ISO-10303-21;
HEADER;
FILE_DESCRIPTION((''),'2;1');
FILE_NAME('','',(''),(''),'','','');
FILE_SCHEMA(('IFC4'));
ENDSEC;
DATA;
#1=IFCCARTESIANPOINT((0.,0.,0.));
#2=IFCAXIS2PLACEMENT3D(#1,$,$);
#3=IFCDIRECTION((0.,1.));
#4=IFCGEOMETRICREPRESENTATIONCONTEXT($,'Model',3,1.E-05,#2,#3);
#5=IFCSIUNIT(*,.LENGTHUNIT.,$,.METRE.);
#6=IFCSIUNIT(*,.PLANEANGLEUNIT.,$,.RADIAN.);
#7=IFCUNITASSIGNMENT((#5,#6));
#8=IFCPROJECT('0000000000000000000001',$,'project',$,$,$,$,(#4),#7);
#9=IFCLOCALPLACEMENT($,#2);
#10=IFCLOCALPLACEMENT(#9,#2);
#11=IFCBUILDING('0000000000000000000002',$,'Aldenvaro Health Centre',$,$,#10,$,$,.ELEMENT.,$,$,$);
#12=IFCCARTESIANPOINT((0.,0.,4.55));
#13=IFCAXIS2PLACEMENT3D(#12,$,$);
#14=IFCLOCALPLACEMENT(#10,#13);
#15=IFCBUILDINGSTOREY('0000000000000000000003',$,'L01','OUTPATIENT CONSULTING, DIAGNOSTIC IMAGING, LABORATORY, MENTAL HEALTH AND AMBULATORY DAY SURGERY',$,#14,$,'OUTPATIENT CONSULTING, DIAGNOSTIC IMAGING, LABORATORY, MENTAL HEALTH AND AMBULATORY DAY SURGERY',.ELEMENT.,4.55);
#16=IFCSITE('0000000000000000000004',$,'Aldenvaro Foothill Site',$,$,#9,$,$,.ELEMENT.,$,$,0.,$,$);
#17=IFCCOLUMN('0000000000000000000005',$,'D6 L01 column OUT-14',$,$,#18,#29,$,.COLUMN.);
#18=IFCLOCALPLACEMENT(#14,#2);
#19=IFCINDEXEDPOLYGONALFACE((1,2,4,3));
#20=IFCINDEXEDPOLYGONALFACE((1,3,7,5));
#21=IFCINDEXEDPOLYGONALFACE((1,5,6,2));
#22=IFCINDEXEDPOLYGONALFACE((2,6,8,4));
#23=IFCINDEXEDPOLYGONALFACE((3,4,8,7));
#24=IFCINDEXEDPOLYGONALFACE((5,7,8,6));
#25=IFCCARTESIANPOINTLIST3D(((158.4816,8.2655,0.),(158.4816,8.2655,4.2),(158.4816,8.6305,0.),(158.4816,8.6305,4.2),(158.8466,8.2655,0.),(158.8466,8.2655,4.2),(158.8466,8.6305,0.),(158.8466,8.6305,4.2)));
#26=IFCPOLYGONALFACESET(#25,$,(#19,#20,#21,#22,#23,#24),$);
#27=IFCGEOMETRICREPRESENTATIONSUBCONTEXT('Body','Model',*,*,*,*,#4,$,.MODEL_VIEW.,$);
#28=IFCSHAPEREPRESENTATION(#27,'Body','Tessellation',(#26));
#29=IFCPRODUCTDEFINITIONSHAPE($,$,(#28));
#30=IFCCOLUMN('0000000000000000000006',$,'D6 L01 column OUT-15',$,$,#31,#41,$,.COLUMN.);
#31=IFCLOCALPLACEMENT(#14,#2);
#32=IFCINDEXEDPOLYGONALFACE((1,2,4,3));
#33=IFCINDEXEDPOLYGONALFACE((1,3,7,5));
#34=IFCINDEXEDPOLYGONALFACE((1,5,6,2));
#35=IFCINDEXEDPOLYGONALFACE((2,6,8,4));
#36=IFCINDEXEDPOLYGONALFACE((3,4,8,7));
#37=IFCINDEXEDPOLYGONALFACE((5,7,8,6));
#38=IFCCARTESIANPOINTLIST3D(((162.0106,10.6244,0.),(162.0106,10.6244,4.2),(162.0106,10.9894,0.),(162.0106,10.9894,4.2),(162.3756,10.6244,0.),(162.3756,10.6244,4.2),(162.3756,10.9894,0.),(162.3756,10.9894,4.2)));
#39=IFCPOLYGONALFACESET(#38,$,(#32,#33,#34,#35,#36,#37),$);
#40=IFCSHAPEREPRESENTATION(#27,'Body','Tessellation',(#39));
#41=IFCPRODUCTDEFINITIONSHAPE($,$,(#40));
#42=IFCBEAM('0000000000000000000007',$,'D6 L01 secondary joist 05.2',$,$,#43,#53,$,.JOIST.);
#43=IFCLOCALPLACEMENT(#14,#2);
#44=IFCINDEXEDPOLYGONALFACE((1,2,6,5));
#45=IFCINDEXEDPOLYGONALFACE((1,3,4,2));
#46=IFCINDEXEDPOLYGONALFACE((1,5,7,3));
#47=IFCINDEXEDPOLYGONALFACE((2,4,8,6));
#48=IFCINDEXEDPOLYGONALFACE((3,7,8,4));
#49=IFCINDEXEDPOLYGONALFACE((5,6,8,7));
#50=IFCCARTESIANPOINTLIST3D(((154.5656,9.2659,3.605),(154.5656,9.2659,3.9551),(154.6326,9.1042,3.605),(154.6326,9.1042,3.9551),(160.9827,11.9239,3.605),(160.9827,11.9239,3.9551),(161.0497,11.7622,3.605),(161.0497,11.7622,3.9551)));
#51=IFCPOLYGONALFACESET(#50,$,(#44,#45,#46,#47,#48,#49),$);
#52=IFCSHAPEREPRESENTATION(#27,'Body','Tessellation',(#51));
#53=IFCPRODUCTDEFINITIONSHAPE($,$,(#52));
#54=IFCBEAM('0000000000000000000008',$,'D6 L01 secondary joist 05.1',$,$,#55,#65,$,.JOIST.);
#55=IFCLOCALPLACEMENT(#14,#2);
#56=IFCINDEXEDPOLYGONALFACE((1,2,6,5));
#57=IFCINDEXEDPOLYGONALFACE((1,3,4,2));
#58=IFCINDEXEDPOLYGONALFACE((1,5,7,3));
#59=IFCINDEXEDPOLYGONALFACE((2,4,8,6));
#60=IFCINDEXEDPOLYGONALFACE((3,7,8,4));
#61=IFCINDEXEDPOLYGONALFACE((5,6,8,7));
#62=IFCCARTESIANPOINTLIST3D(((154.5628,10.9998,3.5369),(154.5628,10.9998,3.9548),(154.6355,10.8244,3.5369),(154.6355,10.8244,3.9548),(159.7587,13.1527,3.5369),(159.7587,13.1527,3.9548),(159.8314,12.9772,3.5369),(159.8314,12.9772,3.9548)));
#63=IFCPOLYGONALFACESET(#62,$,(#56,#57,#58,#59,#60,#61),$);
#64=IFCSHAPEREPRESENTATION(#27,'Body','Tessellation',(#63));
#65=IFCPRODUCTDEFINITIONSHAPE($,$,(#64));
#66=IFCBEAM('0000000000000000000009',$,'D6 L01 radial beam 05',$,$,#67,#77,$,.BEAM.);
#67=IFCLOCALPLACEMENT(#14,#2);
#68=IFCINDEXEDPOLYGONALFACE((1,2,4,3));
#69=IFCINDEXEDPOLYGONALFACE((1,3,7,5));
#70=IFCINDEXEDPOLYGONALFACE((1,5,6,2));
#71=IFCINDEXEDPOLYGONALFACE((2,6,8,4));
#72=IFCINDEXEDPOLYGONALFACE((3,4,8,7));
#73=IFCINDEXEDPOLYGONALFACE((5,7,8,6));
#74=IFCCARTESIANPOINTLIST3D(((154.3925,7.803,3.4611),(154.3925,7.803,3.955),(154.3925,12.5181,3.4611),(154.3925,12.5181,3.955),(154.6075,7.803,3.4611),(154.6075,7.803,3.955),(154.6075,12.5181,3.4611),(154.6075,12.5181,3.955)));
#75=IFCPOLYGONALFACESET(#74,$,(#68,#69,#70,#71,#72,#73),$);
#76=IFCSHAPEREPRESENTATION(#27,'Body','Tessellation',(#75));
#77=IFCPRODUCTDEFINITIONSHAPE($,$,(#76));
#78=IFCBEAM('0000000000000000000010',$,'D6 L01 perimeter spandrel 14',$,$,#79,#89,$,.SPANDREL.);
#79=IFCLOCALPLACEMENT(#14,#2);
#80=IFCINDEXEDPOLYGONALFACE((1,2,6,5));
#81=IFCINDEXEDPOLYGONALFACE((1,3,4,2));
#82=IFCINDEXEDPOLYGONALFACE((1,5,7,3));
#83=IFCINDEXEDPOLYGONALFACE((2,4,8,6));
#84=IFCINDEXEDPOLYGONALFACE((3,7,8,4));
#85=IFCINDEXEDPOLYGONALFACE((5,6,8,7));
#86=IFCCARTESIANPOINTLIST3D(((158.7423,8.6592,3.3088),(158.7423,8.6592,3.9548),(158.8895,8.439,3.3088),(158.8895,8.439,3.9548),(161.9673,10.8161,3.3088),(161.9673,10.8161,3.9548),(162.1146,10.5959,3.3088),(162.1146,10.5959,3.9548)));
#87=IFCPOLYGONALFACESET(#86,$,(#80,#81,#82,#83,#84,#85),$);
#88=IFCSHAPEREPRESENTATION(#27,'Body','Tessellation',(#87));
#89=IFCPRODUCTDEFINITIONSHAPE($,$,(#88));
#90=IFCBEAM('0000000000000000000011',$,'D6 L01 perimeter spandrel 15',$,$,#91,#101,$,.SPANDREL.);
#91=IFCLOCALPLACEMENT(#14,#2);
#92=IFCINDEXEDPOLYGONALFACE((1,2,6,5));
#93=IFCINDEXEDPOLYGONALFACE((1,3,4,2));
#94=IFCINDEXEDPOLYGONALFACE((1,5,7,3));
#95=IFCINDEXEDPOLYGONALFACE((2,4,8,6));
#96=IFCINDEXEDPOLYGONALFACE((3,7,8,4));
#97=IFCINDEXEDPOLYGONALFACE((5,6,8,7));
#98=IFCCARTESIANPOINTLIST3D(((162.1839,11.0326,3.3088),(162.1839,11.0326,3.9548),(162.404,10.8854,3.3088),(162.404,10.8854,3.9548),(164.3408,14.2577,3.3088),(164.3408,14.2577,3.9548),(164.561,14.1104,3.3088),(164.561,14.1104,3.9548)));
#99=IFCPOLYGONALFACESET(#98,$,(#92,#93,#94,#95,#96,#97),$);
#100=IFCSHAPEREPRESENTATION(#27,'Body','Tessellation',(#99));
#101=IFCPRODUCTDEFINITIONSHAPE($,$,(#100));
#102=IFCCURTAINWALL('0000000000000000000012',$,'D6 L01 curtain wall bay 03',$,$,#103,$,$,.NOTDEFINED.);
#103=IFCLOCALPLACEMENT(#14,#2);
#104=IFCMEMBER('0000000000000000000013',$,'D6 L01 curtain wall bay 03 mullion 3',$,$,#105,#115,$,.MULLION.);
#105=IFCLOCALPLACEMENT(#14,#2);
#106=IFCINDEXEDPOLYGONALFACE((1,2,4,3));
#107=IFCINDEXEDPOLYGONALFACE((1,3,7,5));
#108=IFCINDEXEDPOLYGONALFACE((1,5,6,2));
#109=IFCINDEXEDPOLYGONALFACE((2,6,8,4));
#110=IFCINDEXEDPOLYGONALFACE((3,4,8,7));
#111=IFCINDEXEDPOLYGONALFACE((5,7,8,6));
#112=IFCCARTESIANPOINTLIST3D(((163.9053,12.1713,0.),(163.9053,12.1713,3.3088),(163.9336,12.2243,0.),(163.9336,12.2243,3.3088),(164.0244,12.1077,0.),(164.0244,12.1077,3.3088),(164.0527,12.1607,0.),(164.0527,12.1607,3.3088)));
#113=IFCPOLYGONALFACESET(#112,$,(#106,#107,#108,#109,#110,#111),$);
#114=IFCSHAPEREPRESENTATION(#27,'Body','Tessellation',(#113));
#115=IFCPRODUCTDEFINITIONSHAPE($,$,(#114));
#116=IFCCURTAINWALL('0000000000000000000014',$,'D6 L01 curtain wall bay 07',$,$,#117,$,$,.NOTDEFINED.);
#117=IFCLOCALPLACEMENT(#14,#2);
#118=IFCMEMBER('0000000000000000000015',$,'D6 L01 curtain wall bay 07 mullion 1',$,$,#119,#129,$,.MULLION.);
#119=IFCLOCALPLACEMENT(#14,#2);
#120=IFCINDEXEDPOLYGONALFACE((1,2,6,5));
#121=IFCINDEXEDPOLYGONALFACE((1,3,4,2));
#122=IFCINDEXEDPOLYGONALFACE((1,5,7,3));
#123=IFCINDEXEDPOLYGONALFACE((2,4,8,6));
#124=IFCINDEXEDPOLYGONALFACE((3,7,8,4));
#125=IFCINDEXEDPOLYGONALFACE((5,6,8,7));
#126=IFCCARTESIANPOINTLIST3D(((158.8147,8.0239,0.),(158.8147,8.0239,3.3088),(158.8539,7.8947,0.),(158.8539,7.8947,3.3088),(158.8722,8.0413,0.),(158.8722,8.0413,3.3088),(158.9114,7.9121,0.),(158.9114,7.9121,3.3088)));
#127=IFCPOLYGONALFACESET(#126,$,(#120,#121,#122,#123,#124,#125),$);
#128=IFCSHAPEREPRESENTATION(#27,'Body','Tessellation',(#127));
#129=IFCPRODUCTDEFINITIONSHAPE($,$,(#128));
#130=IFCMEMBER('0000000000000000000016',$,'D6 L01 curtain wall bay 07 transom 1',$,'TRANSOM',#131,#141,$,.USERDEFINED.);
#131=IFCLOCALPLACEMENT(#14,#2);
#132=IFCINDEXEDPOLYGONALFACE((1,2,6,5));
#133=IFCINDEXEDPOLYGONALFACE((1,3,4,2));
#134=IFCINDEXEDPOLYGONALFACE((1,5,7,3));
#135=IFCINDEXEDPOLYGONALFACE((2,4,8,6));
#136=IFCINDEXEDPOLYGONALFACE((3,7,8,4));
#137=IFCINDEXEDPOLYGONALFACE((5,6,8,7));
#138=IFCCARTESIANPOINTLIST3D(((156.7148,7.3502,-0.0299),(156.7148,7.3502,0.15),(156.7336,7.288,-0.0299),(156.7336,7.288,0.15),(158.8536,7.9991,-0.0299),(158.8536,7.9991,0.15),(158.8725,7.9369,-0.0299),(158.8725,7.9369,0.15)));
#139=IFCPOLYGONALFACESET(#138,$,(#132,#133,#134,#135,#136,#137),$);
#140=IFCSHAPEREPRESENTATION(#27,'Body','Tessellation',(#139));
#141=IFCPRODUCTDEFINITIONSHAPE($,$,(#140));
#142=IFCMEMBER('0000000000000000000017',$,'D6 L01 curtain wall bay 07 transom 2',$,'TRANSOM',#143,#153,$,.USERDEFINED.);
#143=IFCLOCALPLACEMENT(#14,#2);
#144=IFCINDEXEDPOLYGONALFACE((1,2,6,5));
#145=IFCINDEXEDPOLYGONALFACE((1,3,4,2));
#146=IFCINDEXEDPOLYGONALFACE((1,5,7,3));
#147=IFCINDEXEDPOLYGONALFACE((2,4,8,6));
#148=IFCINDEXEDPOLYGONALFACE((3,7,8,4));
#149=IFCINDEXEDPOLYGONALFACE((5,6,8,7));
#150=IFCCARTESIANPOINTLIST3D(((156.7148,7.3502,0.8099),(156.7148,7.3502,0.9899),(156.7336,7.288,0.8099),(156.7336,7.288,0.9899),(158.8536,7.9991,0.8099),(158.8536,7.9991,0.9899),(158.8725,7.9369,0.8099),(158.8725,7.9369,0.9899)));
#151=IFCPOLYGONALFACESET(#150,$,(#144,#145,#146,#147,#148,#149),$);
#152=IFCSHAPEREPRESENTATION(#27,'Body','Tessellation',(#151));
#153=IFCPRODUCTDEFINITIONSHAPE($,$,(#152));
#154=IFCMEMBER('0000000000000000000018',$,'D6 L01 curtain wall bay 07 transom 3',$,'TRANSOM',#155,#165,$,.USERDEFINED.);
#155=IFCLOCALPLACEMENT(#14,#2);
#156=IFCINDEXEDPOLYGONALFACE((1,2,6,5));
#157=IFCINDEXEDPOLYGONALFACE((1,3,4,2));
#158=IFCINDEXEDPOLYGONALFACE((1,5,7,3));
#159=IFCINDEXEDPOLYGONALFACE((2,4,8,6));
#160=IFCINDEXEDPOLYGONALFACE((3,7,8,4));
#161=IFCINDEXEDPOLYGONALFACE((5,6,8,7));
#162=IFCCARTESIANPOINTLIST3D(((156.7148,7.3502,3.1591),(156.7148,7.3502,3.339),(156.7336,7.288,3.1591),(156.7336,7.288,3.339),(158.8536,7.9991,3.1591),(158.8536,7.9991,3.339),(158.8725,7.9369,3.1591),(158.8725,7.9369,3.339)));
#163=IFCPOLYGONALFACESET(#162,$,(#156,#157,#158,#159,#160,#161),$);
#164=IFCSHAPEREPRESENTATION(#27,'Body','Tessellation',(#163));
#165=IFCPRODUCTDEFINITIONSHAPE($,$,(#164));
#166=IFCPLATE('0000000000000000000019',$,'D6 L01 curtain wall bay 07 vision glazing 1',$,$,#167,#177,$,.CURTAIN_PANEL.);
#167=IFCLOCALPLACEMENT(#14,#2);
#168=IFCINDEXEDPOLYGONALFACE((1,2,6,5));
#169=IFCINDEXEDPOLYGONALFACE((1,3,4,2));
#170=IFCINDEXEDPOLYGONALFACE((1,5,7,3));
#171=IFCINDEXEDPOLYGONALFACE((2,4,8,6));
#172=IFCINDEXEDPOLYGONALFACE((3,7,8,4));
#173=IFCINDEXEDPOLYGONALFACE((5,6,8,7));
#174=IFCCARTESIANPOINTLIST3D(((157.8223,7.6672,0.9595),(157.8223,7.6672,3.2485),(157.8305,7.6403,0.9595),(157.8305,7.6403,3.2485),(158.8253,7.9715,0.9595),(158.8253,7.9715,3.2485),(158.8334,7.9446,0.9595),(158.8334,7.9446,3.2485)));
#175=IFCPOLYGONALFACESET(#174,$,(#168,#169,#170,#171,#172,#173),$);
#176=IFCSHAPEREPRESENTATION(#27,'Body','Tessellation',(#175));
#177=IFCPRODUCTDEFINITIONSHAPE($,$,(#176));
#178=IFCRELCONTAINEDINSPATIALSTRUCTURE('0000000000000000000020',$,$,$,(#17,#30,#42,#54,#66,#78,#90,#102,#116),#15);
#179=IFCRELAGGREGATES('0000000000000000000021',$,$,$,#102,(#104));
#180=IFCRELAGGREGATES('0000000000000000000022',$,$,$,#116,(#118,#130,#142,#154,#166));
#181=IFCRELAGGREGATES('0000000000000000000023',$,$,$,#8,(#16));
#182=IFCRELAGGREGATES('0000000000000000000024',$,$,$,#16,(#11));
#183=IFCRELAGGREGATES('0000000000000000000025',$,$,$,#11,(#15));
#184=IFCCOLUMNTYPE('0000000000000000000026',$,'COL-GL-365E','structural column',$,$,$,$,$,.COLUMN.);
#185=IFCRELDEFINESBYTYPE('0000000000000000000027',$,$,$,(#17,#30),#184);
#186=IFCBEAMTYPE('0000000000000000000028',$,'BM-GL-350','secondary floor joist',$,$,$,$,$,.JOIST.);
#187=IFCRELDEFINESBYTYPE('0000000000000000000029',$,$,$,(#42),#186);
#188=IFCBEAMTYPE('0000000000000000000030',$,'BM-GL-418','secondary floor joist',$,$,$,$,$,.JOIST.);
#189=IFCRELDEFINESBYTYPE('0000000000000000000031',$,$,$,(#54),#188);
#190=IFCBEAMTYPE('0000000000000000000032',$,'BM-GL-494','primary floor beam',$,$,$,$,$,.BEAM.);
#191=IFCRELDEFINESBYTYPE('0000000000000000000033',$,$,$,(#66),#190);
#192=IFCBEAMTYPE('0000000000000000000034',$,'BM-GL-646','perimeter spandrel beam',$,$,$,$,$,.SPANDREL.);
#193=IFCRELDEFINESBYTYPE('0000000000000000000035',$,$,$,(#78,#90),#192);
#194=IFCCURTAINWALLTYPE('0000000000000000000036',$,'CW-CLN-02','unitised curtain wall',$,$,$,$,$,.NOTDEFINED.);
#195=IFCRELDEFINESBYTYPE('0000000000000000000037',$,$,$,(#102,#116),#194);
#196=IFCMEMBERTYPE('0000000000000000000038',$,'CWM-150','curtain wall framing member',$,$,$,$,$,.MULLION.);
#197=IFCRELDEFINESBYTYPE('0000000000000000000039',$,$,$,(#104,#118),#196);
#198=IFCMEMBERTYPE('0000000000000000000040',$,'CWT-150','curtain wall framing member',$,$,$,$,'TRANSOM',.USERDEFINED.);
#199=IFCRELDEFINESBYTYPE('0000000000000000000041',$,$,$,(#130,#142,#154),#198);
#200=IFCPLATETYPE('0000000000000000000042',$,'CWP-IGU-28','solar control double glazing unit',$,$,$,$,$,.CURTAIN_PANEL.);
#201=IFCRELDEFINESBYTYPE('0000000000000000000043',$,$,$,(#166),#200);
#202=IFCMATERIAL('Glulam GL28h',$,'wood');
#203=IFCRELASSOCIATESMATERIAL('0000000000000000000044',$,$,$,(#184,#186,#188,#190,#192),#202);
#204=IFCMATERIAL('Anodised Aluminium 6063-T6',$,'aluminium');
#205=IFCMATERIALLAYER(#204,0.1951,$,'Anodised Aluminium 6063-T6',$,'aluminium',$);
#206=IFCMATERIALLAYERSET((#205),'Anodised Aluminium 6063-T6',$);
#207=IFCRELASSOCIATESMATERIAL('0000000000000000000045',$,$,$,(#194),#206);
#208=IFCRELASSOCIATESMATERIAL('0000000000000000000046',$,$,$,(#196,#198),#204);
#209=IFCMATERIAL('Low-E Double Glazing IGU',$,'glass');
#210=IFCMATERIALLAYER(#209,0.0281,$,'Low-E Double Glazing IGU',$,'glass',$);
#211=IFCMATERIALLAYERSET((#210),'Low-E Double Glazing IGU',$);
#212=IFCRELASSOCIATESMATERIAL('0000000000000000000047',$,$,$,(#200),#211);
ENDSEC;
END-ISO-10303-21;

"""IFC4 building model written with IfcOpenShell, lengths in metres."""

from ifc_helpers import new_model, si_unit, direction, frame, origin, origin_2d, place, context, subcontext, project, spatial, rectangle, extrude, material, layer, layer_set, material_profile, profile_set, type_object, element, aggregate, save


model = new_model("IFC4")

# Units and contexts
model_context = context("Model", 3, precision=1e-05, world=origin(), true_north=direction((0.0, 1.0)))
body_context = subcontext(model_context, "Body", "Model", "MODEL_VIEW")
ifc_project = project(units=[si_unit("LENGTHUNIT", "METRE"), si_unit("PLANEANGLEUNIT", "RADIAN")], contexts=[model_context])

# Site, building, storey
site_placement = place(None, origin())
site = spatial("IfcSite", under=ifc_project, at=site_placement, Name="Aldenvaro Foothill Site", CompositionType="ELEMENT", RefElevation=0.0)
building_placement = place(site_placement, origin())
building = spatial("IfcBuilding", under=site, at=building_placement, Name="Aldenvaro Health Centre", CompositionType="ELEMENT")
storey_placement = place(building_placement, frame((0.0, 0.0, 4.55)))
storey = spatial("IfcBuildingStorey", under=building, at=storey_placement, Name="L01", Description="OUTPATIENT CONSULTING, DIAGNOSTIC IMAGING, LABORATORY, MENTAL HEALTH AND AMBULATORY DAY SURGERY", LongName="OUTPATIENT CONSULTING, DIAGNOSTIC IMAGING, LABORATORY, MENTAL HEALTH AND AMBULATORY DAY SURGERY", CompositionType="ELEMENT", Elevation=4.55)

# Columns
ifc_material_1 = material(Name="Glulam GL28h", Category="wood")
ifc_material_profile_1 = material_profile(ifc_material_1, rectangle(XDim=0.365, YDim=0.365, at=origin_2d()), Name="GL 365x365", Category="wood")
ifc_profile_set_1 = profile_set([ifc_material_profile_1], Name="Glulam GL28h")
column_type = type_object("IfcColumnType", Name="COL-GL-365E", Description="structural column", PredefinedType="COLUMN", material=ifc_profile_set_1)
for number, where, z_axis, x_axis, name in (
    (1, (158.6641, 8.448, 0.0), (0.0, 0.0, 1.0), (1.0, 0.0, 0.0), "D6 L01 column OUT-14"),
    (2, (162.1931, 10.8069, 0.0), (0.0, 0.0, 1.0), (1.0, 0.0, 0.0), "D6 L01 column OUT-15"),
):
    element("IfcColumn", number, at=place(storey_placement, frame(where, z_axis=z_axis, x_axis=x_axis)), inside=storey, type_object=column_type, Name=name, PredefinedType="COLUMN", context=body_context, shape_type="SweptSolid", body=[
        extrude(rectangle(XDim=0.365, YDim=0.365, at=origin_2d()), origin(), (0.0, 0.0, 1.0), 4.2),
    ])

# Beams
ifc_material_profile_2 = material_profile(ifc_material_1, rectangle(XDim=0.175, YDim=0.3501, at=origin_2d()), Name="GL 175x350", Category="wood")
ifc_profile_set_2 = profile_set([ifc_material_profile_2], Name="Glulam GL28h")
beam_type_1 = type_object("IfcBeamType", Name="BM-GL-350", Description="secondary floor joist", PredefinedType="JOIST", material=ifc_profile_set_2)
beam_1_placement = place(storey_placement, frame((154.5991, 9.1851, 3.78), z_axis=(0.923882, 0.382678, 0.0), x_axis=(-0.382678, 0.923882, 0.0)))
element("IfcBeam", 3, at=beam_1_placement, inside=storey, type_object=beam_type_1, Name="D6 L01 secondary joist 05.2", PredefinedType="JOIST", context=body_context, shape_type="SweptSolid", body=[
    extrude(rectangle(XDim=0.175, YDim=0.3501, at=origin_2d()), origin(), (0.0, 0.0, 1.0), 6.9458),
])
ifc_material_profile_3 = material_profile(ifc_material_1, rectangle(XDim=0.1899, YDim=0.418, at=origin_2d()), Name="GL 190x418", Category="wood")
ifc_profile_set_3 = profile_set([ifc_material_profile_3], Name="Glulam GL28h")
beam_type_2 = type_object("IfcBeamType", Name="BM-GL-418", Description="secondary floor joist", PredefinedType="JOIST", material=ifc_profile_set_3)
beam_2_placement = place(storey_placement, frame((154.5991, 10.9121, 3.7458), z_axis=(0.923838, 0.382784, 0.0), x_axis=(-0.382784, 0.923838, 0.0)))
element("IfcBeam", 4, at=beam_2_placement, inside=storey, type_object=beam_type_2, Name="D6 L01 secondary joist 05.1", PredefinedType="JOIST", context=body_context, shape_type="SweptSolid", body=[
    extrude(rectangle(XDim=0.1899, YDim=0.418, at=origin_2d()), origin(), (0.0, 0.0, 1.0), 5.6243),
])
ifc_material_profile_4 = material_profile(ifc_material_1, rectangle(XDim=0.2151, YDim=0.4939, at=origin_2d()), Name="GL 215x494", Category="wood")
ifc_profile_set_4 = profile_set([ifc_material_profile_4], Name="Glulam GL28h")
beam_type_3 = type_object("IfcBeamType", Name="BM-GL-494", Description="primary floor beam", PredefinedType="BEAM", material=ifc_profile_set_4)
beam_3_placement = place(storey_placement, frame((154.5, 12.5181, 3.708), z_axis=(0.0, -1.0, 0.0), x_axis=(1.0, 0.0, 0.0)))
element("IfcBeam", 5, at=beam_3_placement, inside=storey, type_object=beam_type_3, Name="D6 L01 radial beam 05", PredefinedType="BEAM", context=body_context, shape_type="SweptSolid", body=[
    extrude(rectangle(XDim=0.2151, YDim=0.4939, at=origin_2d()), origin(), (0.0, 0.0, 1.0), 4.7151),
])
ifc_material_profile_5 = material_profile(ifc_material_1, rectangle(XDim=0.2649, YDim=0.646, at=origin_2d()), Name="GL 265x646", Category="wood")
ifc_profile_set_5 = profile_set([ifc_material_profile_5], Name="Glulam GL28h")
beam_type_4 = type_object("IfcBeamType", Name="BM-GL-646", Description="perimeter spandrel beam", PredefinedType="SPANDREL", material=ifc_profile_set_5)
for number, where, z_axis, x_axis, name in (
    (6, (158.8159, 8.5491, 3.6318), (0.831227, 0.555934, 0.0), (-0.555934, 0.831227, 0.0), "D6 L01 perimeter spandrel 14"),
    (7, (162.2939, 10.959, 3.6318), (0.555934, 0.831227, 0.0), (-0.831227, 0.555934, 0.0), "D6 L01 perimeter spandrel 15"),
):
    element("IfcBeam", number, at=place(storey_placement, frame(where, z_axis=z_axis, x_axis=x_axis)), inside=storey, type_object=beam_type_4, Name=name, PredefinedType="SPANDREL", context=body_context, shape_type="SweptSolid", body=[
        extrude(rectangle(XDim=0.2649, YDim=0.646, at=origin_2d()), origin(), (0.0, 0.0, 1.0), 3.8799),
    ])

# Curtain wall, member
ifc_material_2 = material(Name="Anodised Aluminium 6063-T6", Category="aluminium")
ifc_layer_1 = layer(ifc_material_2, 0.1951, Name="Anodised Aluminium 6063-T6", Category="aluminium")
ifc_layer_set_1 = layer_set([ifc_layer_1], Name="Anodised Aluminium 6063-T6")
curtain_wall_type = type_object("IfcCurtainWallType", Name="CW-CLN-02", Description="unitised curtain wall", PredefinedType="NOTDEFINED", material=ifc_layer_set_1)
curtain_wall_1_placement = place(storey_placement, origin())
curtain_wall_1 = element("IfcCurtainWall", 8, at=curtain_wall_1_placement, inside=storey, type_object=curtain_wall_type, Name="D6 L01 curtain wall bay 03", PredefinedType="NOTDEFINED")
ifc_material_profile_6 = material_profile(ifc_material_2, rectangle(XDim=0.0601, YDim=0.135, at=origin_2d()), Name="ALU 60x135", Category="aluminium")
ifc_profile_set_6 = profile_set([ifc_material_profile_6], Name="Anodised Aluminium 6063-T6")
member_type_1 = type_object("IfcMemberType", Name="CWM-150", Description="curtain wall framing member", PredefinedType="MULLION", material=ifc_profile_set_6)
member_1_placement = place(storey_placement, frame((163.979, 12.166, 0.0), z_axis=(0.0, 0.0, 1.0), x_axis=(-0.471215, -0.882018, 0.0)))
member_1 = element("IfcMember", 9, at=member_1_placement, type_object=member_type_1, Name="D6 L01 curtain wall bay 03 mullion 3", PredefinedType="MULLION", context=body_context, shape_type="SweptSolid", body=[
    extrude(rectangle(XDim=0.0601, YDim=0.135, at=origin_2d()), origin(), (0.0, 0.0, 1.0), 3.3088),
])

# Curtain wall, members, plate
curtain_wall_2_placement = place(storey_placement, origin())
curtain_wall_2 = element("IfcCurtainWall", 10, at=curtain_wall_2_placement, inside=storey, type_object=curtain_wall_type, Name="D6 L01 curtain wall bay 07", PredefinedType="NOTDEFINED")
member_2_placement = place(storey_placement, frame((158.863, 7.968, 0.0), z_axis=(0.0, 0.0, 1.0), x_axis=(-0.956923, -0.290343, 0.0)))
member_2 = element("IfcMember", 11, at=member_2_placement, type_object=member_type_1, Name="D6 L01 curtain wall bay 07 mullion 1", PredefinedType="MULLION", context=body_context, shape_type="SweptSolid", body=[
    extrude(rectangle(XDim=0.0601, YDim=0.135, at=origin_2d()), origin(), (0.0, 0.0, 1.0), 3.3088),
])
ifc_material_profile_7 = material_profile(ifc_material_2, rectangle(XDim=0.0649, YDim=0.1799, at=origin_2d()), Name="ALU 65x180", Category="aluminium")
ifc_profile_set_7 = profile_set([ifc_material_profile_7], Name="Anodised Aluminium 6063-T6")
member_type_2 = type_object("IfcMemberType", Name="CWT-150", Description="curtain wall framing member", ElementType="TRANSOM", PredefinedType="USERDEFINED", material=ifc_profile_set_7)
member_3_placement = place(storey_placement, frame((158.863, 7.968, 0.0601), z_axis=(-0.956929, -0.290323, 0.0), x_axis=(0.290323, -0.956929, 0.0)))
member_3 = element("IfcMember", 12, at=member_3_placement, type_object=member_type_2, Name="D6 L01 curtain wall bay 07 transom 1", ObjectType="TRANSOM", PredefinedType="USERDEFINED", context=body_context, shape_type="SweptSolid", body=[
    extrude(rectangle(XDim=0.0649, YDim=0.1799, at=origin_2d()), origin(), (0.0, 0.0, 1.0), 2.2351),
])
member_4_placement = place(storey_placement, frame((158.863, 7.968, 0.8999), z_axis=(-0.956929, -0.290323, 0.0), x_axis=(0.290323, -0.956929, 0.0)))
member_4 = element("IfcMember", 13, at=member_4_placement, type_object=member_type_2, Name="D6 L01 curtain wall bay 07 transom 2", ObjectType="TRANSOM", PredefinedType="USERDEFINED", context=body_context, shape_type="SweptSolid", body=[
    extrude(rectangle(XDim=0.0649, YDim=0.1799, at=origin_2d()), origin(), (0.0, 0.0, 1.0), 2.2351),
])
member_5_placement = place(storey_placement, frame((158.863, 7.968, 3.249), z_axis=(-0.956929, -0.290323, 0.0), x_axis=(0.290323, -0.956929, 0.0)))
member_5 = element("IfcMember", 14, at=member_5_placement, type_object=member_type_2, Name="D6 L01 curtain wall bay 07 transom 3", ObjectType="TRANSOM", PredefinedType="USERDEFINED", context=body_context, shape_type="SweptSolid", body=[
    extrude(rectangle(XDim=0.0649, YDim=0.1799, at=origin_2d()), origin(), (0.0, 0.0, 1.0), 2.2351),
])
ifc_material_3 = material(Name="Low-E Double Glazing IGU", Category="glass")
ifc_layer_2 = layer(ifc_material_3, 0.0281, Name="Low-E Double Glazing IGU", Category="glass")
ifc_layer_set_2 = layer_set([ifc_layer_2], Name="Low-E Double Glazing IGU")
plate_type_1 = type_object("IfcPlateType", Name="CWP-IGU-28", Description="solar control double glazing unit", PredefinedType="CURTAIN_PANEL", material=ifc_layer_set_2)
plate_1_placement = place(storey_placement, frame((158.3279, 7.8059, 0.9595), z_axis=(0.0, 0.0, 1.0), x_axis=(-0.956923, -0.290343, 0.0)))
plate_1 = element("IfcPlate", 15, at=plate_1_placement, type_object=plate_type_1, Name="D6 L01 curtain wall bay 07 vision glazing 1", PredefinedType="CURTAIN_PANEL", context=body_context, shape_type="SweptSolid", body=[
    extrude(rectangle(XDim=1.0481, YDim=0.0281, at=origin_2d()), origin(), (0.0, 0.0, 1.0), 2.2891),
])

aggregate(curtain_wall_1, [member_1])
aggregate(curtain_wall_2, [member_2, member_3, member_4, member_5, plate_1])

save(model, "model.ifc")
